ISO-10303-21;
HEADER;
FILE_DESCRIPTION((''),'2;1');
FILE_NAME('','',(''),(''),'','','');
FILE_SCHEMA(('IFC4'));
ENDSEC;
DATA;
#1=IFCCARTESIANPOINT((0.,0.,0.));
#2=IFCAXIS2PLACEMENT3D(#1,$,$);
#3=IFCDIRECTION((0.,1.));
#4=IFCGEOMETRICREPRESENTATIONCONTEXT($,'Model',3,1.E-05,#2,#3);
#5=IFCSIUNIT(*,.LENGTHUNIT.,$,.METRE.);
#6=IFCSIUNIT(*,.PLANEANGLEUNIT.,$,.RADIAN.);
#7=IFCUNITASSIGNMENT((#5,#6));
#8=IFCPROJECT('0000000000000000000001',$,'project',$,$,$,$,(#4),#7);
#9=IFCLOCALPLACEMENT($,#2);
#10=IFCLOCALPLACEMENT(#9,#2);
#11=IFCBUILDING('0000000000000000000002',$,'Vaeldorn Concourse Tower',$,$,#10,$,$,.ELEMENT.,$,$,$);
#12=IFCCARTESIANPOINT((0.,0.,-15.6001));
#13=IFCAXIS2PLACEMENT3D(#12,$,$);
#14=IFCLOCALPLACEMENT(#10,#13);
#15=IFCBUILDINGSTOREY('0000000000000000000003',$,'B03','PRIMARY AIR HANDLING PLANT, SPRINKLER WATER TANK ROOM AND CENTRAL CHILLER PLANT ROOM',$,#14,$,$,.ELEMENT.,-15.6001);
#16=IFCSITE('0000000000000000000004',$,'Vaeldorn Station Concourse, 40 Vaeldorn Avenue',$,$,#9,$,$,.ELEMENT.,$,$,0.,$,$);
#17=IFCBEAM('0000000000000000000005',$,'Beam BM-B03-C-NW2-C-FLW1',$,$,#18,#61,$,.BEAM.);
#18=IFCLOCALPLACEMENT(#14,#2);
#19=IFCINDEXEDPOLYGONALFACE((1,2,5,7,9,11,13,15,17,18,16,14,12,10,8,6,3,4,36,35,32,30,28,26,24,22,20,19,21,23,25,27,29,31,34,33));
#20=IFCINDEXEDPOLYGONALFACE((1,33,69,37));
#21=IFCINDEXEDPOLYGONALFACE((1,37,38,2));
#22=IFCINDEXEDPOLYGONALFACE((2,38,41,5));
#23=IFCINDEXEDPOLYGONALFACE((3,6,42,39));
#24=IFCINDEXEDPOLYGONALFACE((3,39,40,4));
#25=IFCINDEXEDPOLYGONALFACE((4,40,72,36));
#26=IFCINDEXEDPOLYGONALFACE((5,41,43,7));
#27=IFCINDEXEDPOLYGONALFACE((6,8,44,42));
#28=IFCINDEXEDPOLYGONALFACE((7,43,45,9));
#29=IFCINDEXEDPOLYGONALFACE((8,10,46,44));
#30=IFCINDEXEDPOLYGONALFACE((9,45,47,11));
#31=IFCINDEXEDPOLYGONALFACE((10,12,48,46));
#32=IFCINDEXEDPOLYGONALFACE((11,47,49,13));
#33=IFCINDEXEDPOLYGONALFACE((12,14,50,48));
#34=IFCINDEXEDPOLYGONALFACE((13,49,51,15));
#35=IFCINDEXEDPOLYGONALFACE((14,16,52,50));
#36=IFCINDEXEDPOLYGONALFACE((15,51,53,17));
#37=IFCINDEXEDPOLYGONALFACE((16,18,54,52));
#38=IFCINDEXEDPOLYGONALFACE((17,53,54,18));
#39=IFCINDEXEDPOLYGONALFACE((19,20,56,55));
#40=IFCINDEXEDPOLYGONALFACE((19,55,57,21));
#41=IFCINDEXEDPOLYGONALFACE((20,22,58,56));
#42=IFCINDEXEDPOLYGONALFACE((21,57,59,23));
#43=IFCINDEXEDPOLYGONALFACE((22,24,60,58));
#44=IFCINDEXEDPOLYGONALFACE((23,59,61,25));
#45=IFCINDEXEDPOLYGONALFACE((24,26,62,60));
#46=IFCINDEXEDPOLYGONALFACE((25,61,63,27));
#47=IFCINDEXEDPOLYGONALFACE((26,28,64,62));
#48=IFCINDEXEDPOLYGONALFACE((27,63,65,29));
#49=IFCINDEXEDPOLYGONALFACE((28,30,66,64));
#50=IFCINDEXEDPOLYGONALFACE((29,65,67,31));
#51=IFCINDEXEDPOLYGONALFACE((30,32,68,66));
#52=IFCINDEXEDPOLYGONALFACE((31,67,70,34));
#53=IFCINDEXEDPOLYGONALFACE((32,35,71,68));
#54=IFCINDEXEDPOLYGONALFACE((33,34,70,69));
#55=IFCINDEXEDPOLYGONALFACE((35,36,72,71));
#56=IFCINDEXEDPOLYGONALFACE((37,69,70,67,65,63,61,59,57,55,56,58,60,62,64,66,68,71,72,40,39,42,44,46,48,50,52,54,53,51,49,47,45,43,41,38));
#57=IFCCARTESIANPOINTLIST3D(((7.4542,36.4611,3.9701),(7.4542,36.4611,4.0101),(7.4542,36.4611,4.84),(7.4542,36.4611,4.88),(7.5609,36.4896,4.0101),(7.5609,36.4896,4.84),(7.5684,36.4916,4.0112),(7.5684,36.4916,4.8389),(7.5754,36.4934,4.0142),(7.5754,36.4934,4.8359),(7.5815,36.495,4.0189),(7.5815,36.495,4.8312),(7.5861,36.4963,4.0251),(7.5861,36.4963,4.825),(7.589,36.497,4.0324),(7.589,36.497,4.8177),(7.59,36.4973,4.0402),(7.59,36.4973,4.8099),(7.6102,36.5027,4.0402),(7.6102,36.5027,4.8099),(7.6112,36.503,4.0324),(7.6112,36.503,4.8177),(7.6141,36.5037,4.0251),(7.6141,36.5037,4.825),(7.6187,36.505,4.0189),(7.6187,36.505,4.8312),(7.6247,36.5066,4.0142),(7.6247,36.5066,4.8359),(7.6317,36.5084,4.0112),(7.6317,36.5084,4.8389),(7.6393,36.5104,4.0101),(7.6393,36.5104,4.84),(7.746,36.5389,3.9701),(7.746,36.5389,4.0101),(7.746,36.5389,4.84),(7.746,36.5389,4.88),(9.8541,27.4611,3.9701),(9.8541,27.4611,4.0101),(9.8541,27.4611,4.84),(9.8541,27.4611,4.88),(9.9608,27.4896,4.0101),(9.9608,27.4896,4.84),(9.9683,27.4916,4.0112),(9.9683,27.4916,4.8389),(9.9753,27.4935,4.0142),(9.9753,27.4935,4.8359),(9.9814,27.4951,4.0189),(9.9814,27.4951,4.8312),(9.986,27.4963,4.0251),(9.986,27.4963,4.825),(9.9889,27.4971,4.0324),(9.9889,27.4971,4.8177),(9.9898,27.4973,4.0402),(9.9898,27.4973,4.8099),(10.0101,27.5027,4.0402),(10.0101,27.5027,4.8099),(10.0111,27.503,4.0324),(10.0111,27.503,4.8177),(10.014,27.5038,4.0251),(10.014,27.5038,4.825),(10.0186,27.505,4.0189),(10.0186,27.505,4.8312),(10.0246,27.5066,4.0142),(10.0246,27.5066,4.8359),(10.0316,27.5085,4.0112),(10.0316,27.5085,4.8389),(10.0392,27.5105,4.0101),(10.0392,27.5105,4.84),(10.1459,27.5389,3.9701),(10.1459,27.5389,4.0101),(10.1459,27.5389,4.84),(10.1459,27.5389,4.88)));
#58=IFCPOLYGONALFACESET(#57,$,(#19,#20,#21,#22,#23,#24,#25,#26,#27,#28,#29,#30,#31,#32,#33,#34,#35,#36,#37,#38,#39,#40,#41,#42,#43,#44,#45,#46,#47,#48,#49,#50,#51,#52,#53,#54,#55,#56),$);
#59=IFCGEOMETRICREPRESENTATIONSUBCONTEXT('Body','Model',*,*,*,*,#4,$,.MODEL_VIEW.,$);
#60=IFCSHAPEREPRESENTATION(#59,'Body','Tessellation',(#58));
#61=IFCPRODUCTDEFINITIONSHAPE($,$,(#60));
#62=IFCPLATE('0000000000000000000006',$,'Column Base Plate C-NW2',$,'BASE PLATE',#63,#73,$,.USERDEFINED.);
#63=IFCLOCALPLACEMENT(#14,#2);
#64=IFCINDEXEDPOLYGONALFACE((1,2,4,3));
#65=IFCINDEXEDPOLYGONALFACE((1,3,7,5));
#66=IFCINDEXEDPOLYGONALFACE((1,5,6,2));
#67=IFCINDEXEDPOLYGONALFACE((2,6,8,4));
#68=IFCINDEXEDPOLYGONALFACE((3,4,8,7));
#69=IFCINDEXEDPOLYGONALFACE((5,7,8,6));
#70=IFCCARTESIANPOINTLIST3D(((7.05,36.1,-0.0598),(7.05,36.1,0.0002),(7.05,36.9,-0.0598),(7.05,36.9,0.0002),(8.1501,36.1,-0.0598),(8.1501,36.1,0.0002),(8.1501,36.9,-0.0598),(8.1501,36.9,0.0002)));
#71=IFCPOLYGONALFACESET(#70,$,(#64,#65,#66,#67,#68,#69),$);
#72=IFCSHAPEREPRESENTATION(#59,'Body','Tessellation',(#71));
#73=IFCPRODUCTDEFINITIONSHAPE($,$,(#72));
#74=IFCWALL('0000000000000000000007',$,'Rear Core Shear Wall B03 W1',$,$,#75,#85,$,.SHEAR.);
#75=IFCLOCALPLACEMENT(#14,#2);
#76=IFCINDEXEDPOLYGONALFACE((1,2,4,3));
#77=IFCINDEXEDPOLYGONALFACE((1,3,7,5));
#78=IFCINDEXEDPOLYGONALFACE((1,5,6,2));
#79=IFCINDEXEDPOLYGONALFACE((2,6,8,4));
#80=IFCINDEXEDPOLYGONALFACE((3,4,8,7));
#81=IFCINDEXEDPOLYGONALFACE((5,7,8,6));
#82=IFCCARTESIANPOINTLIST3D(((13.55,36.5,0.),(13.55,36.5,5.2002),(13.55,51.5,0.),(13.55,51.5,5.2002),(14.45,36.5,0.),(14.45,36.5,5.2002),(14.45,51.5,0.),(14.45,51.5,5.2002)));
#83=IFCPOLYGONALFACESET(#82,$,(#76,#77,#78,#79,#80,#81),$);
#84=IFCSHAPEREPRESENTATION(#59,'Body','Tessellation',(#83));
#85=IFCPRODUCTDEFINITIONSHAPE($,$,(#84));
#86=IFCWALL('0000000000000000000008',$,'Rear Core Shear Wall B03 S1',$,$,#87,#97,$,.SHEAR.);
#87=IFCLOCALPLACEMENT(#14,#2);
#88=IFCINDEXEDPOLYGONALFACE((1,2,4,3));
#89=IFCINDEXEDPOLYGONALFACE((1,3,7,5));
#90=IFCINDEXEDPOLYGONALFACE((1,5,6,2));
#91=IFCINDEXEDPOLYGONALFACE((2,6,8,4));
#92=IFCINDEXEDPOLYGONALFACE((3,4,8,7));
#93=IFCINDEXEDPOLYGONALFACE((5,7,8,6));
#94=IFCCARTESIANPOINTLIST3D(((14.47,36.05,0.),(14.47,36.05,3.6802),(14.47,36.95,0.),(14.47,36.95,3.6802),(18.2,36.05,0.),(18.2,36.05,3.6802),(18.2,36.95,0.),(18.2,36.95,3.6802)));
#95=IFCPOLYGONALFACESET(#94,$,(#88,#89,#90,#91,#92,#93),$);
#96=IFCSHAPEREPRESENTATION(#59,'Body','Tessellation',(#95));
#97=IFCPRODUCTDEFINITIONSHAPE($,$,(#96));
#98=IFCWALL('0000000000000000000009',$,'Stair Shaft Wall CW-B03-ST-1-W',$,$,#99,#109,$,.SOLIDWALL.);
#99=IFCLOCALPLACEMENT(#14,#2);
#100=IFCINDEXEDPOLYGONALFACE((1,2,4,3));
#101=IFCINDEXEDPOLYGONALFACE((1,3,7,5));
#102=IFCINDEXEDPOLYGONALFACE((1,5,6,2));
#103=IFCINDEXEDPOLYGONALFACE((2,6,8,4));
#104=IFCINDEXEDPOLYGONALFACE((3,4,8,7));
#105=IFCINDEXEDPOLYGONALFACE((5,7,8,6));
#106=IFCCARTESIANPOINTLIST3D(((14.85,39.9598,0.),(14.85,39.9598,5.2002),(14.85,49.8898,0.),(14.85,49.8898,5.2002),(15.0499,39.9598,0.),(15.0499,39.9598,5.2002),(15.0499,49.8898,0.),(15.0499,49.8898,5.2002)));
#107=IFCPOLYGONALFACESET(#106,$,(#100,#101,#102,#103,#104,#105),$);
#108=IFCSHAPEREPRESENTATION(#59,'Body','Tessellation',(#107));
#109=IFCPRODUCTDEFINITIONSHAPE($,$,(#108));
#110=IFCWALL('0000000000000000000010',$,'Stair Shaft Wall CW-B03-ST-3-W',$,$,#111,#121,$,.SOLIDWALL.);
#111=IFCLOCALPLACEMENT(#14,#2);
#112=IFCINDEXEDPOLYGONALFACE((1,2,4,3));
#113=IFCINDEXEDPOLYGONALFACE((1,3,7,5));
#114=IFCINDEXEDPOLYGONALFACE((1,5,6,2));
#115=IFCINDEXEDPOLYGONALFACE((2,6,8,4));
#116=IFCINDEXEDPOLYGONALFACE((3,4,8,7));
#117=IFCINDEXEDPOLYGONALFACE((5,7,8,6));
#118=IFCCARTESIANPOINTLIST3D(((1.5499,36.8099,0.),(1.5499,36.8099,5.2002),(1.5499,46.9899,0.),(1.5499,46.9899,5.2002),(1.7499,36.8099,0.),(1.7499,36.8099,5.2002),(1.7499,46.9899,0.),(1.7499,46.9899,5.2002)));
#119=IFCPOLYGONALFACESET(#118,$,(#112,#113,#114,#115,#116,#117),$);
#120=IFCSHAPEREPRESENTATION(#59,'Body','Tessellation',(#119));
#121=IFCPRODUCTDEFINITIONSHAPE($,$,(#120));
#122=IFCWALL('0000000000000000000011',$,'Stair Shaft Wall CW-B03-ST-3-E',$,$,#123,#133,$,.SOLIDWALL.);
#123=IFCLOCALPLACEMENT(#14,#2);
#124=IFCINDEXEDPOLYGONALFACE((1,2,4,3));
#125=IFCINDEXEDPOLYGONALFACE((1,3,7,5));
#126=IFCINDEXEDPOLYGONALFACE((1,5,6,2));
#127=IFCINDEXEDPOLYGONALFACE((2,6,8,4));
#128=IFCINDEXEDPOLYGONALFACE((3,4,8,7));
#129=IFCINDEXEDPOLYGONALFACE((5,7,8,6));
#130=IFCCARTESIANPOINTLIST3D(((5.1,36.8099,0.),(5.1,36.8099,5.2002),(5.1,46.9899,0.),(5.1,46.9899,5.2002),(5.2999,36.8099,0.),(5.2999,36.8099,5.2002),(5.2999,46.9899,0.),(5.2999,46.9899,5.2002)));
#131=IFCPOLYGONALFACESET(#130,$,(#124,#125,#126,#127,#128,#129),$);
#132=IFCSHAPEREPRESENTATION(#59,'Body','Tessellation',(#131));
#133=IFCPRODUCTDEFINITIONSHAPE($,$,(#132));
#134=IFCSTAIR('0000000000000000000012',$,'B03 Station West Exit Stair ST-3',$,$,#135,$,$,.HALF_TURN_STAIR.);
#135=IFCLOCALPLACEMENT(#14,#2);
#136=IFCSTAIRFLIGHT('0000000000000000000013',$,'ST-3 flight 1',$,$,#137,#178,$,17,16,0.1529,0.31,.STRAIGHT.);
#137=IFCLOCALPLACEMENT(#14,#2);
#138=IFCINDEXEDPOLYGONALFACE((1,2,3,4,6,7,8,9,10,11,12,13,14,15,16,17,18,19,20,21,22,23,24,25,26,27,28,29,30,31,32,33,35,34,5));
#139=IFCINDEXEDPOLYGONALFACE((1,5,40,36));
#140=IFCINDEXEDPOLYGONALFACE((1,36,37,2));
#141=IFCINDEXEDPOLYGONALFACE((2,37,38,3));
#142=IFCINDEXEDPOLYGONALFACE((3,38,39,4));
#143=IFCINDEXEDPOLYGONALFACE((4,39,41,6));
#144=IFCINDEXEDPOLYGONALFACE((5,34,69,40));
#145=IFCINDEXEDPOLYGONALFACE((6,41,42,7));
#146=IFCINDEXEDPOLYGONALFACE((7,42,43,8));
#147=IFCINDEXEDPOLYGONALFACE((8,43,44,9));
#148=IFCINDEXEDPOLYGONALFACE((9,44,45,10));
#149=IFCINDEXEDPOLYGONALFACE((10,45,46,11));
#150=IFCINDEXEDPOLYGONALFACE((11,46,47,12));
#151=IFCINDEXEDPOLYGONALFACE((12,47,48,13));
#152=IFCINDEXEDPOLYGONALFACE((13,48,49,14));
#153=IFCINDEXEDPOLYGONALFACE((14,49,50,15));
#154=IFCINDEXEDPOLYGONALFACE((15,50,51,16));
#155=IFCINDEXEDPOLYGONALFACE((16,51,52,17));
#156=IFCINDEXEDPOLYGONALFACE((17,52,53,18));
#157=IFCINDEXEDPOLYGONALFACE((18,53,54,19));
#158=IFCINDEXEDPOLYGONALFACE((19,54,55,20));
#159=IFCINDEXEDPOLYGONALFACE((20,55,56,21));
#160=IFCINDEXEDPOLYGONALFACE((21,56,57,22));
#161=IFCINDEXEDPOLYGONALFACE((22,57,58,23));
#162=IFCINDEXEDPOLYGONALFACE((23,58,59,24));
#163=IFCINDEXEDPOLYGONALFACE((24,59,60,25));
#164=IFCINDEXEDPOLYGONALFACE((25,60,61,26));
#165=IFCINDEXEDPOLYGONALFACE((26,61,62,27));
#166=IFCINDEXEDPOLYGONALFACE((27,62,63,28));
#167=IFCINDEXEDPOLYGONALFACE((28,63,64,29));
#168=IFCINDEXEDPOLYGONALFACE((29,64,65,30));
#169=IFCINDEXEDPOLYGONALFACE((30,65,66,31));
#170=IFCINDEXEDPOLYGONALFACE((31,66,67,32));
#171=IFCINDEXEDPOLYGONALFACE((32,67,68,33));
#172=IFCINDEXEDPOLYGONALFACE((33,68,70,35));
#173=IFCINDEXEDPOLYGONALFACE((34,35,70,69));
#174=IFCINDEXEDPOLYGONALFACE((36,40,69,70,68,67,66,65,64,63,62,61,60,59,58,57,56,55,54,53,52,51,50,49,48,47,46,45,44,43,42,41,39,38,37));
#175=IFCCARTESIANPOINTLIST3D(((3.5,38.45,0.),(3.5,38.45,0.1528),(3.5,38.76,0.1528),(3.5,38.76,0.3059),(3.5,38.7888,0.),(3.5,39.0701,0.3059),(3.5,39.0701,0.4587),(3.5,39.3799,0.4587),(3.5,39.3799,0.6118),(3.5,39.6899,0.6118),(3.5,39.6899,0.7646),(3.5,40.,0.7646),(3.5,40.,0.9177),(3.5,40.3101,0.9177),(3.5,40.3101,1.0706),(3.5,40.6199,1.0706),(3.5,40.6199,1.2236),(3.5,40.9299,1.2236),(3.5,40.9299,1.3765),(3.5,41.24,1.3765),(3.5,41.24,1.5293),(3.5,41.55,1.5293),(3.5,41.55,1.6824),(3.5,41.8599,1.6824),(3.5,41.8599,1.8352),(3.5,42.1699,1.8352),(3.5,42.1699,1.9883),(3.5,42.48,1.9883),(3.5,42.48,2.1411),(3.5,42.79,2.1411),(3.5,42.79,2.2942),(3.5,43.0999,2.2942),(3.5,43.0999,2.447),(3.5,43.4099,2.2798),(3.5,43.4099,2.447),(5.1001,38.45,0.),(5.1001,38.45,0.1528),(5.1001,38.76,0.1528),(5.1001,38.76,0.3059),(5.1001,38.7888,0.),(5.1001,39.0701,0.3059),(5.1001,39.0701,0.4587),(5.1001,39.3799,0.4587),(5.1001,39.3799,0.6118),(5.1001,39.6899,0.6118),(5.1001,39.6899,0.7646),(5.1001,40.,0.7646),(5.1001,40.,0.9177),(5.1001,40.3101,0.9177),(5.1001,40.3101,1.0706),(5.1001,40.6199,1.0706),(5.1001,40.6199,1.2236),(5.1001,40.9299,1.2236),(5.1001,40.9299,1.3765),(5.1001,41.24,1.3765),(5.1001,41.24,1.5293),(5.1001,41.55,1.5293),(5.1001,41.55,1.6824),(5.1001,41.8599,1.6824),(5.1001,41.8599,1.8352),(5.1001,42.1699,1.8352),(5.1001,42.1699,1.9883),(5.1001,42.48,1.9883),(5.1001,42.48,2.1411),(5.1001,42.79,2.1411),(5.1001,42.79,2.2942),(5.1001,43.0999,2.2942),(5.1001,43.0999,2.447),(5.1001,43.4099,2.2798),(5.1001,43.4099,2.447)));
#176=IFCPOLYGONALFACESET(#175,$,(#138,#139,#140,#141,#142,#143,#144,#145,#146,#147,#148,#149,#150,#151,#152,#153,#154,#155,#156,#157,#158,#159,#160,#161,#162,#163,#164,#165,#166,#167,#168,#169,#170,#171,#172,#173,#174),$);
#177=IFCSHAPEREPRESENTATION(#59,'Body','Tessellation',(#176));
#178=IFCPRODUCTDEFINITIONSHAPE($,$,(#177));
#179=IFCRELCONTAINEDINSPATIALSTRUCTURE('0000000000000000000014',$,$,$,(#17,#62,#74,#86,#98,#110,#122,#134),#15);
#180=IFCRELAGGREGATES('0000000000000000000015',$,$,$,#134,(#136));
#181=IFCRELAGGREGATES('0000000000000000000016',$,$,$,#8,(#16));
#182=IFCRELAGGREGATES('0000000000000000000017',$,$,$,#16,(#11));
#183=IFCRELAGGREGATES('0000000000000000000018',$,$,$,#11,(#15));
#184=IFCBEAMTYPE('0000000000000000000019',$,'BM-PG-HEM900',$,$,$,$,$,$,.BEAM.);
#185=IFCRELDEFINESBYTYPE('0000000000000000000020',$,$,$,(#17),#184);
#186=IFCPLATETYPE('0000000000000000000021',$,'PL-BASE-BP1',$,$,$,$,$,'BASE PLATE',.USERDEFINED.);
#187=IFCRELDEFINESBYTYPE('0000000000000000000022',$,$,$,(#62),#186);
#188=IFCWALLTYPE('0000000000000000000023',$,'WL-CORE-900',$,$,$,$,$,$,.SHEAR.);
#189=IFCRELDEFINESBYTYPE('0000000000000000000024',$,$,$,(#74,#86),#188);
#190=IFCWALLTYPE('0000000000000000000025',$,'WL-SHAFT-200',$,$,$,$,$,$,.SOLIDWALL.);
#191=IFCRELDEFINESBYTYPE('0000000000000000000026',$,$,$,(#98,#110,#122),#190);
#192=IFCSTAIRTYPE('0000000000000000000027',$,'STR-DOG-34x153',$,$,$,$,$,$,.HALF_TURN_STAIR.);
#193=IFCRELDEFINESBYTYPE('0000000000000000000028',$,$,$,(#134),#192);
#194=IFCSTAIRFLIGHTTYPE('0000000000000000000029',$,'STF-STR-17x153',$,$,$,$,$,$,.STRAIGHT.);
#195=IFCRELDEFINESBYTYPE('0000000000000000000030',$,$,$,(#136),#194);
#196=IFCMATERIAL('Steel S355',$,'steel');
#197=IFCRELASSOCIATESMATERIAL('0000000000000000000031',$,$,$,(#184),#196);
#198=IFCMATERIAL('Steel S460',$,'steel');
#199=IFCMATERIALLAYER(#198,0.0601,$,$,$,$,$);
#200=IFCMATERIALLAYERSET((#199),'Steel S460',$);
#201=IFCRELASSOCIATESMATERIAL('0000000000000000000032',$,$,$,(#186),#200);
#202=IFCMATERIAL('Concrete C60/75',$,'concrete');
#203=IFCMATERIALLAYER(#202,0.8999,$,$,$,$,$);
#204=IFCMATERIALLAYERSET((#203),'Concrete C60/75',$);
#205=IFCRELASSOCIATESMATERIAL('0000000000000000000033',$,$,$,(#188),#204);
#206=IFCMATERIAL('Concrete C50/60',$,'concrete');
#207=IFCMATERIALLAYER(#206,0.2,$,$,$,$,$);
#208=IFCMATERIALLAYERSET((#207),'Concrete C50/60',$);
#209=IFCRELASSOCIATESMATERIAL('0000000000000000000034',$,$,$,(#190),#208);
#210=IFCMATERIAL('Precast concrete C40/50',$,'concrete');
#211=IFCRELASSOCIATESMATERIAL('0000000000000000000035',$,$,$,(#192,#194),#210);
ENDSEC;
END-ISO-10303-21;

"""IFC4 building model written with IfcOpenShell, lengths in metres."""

from ifc_helpers import new_model, si_unit, direction, frame, frame_2d, origin, origin_2d, place, context, subcontext, project, spatial, polyline, rectangle, i_section, outline, extrude, source, transform, mapped, material, layer, layer_set, material_profile, profile_set, type_object, element, aggregate, save


model = new_model("IFC4")

# Units and contexts
model_context = context("Model", 3, precision=1e-05, world=origin(), true_north=direction((0.0, 1.0)))
body_context = subcontext(model_context, "Body", "Model", "MODEL_VIEW")
ifc_project = project(units=[si_unit("LENGTHUNIT", "METRE"), si_unit("PLANEANGLEUNIT", "RADIAN")], contexts=[model_context])

# Site, building, storey
site_placement = place(None, origin())
site = spatial("IfcSite", under=ifc_project, at=site_placement, Name="Vaeldorn Station Concourse, 40 Vaeldorn Avenue", CompositionType="ELEMENT", RefElevation=0.0)
building_placement = place(site_placement, origin())
building = spatial("IfcBuilding", under=site, at=building_placement, Name="Vaeldorn Concourse Tower", CompositionType="ELEMENT")
storey_placement = place(building_placement, frame((0.0, 0.0, -15.6001)))
storey = spatial("IfcBuildingStorey", under=building, at=storey_placement, Name="B03", Description="PRIMARY AIR HANDLING PLANT, SPRINKLER WATER TANK ROOM AND CENTRAL CHILLER PLANT ROOM", CompositionType="ELEMENT", Elevation=-15.6001)

# Shared definitions
ifc_material_1 = material(Name="Concrete C50/60", Category="concrete")

# Shared definitions
ifc_material_2 = material(Name="Concrete C60/75", Category="concrete")
ifc_material_3 = material(Name="Steel S460", Category="steel")

# Beam
ifc_material_4 = material(Name="Steel S355", Category="steel")
ifc_material_profile_1 = material_profile(ifc_material_4, i_section(OverallWidth=0.302, OverallDepth=0.9099, WebThickness=0.021, FlangeThickness=0.04, FilletRadius=0.03, at=origin_2d()), Name="HEM 900")
ifc_profile_set_1 = profile_set([ifc_material_profile_1], Name="Steel S355")
beam_type_1 = type_object("IfcBeamType", Name="BM-PG-HEM900", PredefinedType="BEAM", material=ifc_profile_set_1)
shared_shape_1 = source(origin(), body_context, "Body", "SweptSolid", [
    extrude(i_section(OverallWidth=0.302, OverallDepth=0.9099, WebThickness=0.021, FlangeThickness=0.04, FilletRadius=0.03, at=origin_2d()), origin(), (0.0, 0.0, 1.0), 9.3145),
])
beam_1_placement = place(storey_placement, frame((7.6001, 36.5, 4.425), z_axis=(0.257653, -0.966238, 0.0), x_axis=(0.966238, 0.257653, 0.0)))
element("IfcBeam", 1, at=beam_1_placement, inside=storey, type_object=beam_type_1, Name="Beam BM-B03-C-NW2-C-FLW1", PredefinedType="BEAM", context=body_context, shape_type="MappedRepresentation", body=[
    mapped(shared_shape_1, transform((0.0, 0.0, 0.0), scale=1.0)),
])

# Plate
ifc_layer_1 = layer(ifc_material_3, 0.0601)
ifc_layer_set_1 = layer_set([ifc_layer_1], Name="Steel S460")
plate_type = type_object("IfcPlateType", Name="PL-BASE-BP1", ElementType="BASE PLATE", PredefinedType="USERDEFINED", material=ifc_layer_set_1)
shared_shape_2 = source(origin(), body_context, "Body", "SweptSolid", [
    extrude(rectangle(XDim=1.1001, YDim=0.8, at=origin_2d()), origin(), (0.0, 0.0, 1.0), 0.0601),
])
plate_placement = place(storey_placement, frame((7.6001, 36.5, -0.0598), z_axis=(0.0, 0.0, 1.0), x_axis=(1.0, 0.0, 0.0)))
element("IfcPlate", 2, at=plate_placement, inside=storey, type_object=plate_type, Name="Column Base Plate C-NW2", ObjectType="BASE PLATE", PredefinedType="USERDEFINED", context=body_context, shape_type="MappedRepresentation", body=[
    mapped(shared_shape_2, transform((0.0, 0.0, 0.0), scale=1.0)),
])

# Walls
ifc_layer_2 = layer(ifc_material_2, 0.8999)
ifc_layer_set_2 = layer_set([ifc_layer_2], Name="Concrete C60/75")
wall_type_1 = type_object("IfcWallType", Name="WL-CORE-900", PredefinedType="SHEAR", material=ifc_layer_set_2)
wall_1_placement = place(storey_placement, frame((14.0, 36.5, 0.0), z_axis=(0.0, 0.0, 1.0), x_axis=(0.0, 1.0, 0.0)))
element("IfcWall", 3, at=wall_1_placement, inside=storey, type_object=wall_type_1, Name="Rear Core Shear Wall B03 W1", PredefinedType="SHEAR", context=body_context, shape_type="SweptSolid", body=[
    extrude(rectangle(XDim=15.0, YDim=0.8999, at=frame_2d((7.5, 0.0))), origin(), (0.0, 0.0, 1.0), 5.2002),
])
wall_2_placement = place(storey_placement, frame((14.47, 36.5, 0.0), z_axis=(0.0, 0.0, 1.0), x_axis=(1.0, 0.0, 0.0)))
element("IfcWall", 4, at=wall_2_placement, inside=storey, type_object=wall_type_1, Name="Rear Core Shear Wall B03 S1", PredefinedType="SHEAR", context=body_context, shape_type="SweptSolid", body=[
    extrude(rectangle(XDim=3.73, YDim=0.8999, at=frame_2d((1.865, 0.0))), origin(), (0.0, 0.0, 1.0), 3.6802),
])

# Shared definitions
ifc_layer_3 = layer(ifc_material_1, 0.2)
ifc_layer_set_3 = layer_set([ifc_layer_3], Name="Concrete C50/60")
wall_type_2 = type_object("IfcWallType", Name="WL-SHAFT-200", PredefinedType="SOLIDWALL", material=ifc_layer_set_3)

# Wall
wall_3_placement = place(storey_placement, frame((14.95, 39.96, 0.0), z_axis=(0.0, 0.0, 1.0), x_axis=(0.0, 1.0, 0.0)))
element("IfcWall", 5, at=wall_3_placement, inside=storey, type_object=wall_type_2, Name="Stair Shaft Wall CW-B03-ST-1-W", PredefinedType="SOLIDWALL", context=body_context, shape_type="SweptSolid", body=[
    extrude(rectangle(XDim=9.9299, YDim=0.2, at=frame_2d((4.9648, 0.0))), origin(), (0.0, 0.0, 1.0), 5.2002),
])

# Walls
for number, where, z_axis, x_axis, name in (
    (6, (1.6499, 36.8101, 0.0), (0.0, 0.0, 1.0), (0.0, 1.0, 0.0), "Stair Shaft Wall CW-B03-ST-3-W"),
    (7, (5.2, 36.8101, 0.0), (0.0, 0.0, 1.0), (0.0, 1.0, 0.0), "Stair Shaft Wall CW-B03-ST-3-E"),
):
    element("IfcWall", number, at=place(storey_placement, frame(where, z_axis=z_axis, x_axis=x_axis)), inside=storey, type_object=wall_type_2, Name=name, PredefinedType="SOLIDWALL", context=body_context, shape_type="SweptSolid", body=[
        extrude(rectangle(XDim=10.1799, YDim=0.2, at=frame_2d((5.0898, 0.0))), origin(), (0.0, 0.0, 1.0), 5.2002),
    ])

# Stair, stair flight
ifc_material_5 = material(Name="Precast concrete C40/50", Category="concrete")
stair_type = type_object("IfcStairType", Name="STR-DOG-34x153", PredefinedType="HALF_TURN_STAIR", material=ifc_material_5)
stair_placement = place(storey_placement, origin())
stair = element("IfcStair", 8, at=stair_placement, inside=storey, type_object=stair_type, Name="B03 Station West Exit Stair ST-3", PredefinedType="HALF_TURN_STAIR")
stair_flight_type = type_object("IfcStairFlightType", Name="STF-STR-17x153", PredefinedType="STRAIGHT", material=ifc_material_5)
stair_flight_placement = place(storey_placement, frame((4.3, 38.45, 0.0), z_axis=(0.0, 0.0, 1.0), x_axis=(0.0, 1.0, 0.0)))
stair_flight = element("IfcStairFlight", 9, at=stair_flight_placement, type_object=stair_flight_type, Name="ST-3 flight 1", NumberOfRisers=17, NumberOfTreads=16, PredefinedType="STRAIGHT", RiserHeight=0.1529, TreadLength=0.31, context=body_context, shape_type="SweptSolid", body=[
    extrude(outline(polyline([(0.0, 0.0), (0.0, 0.1528), (0.3101, 0.1528), (0.3101, 0.3059), (0.6201, 0.3059), (0.6201, 0.4587), (0.9299, 0.4587), (0.9299, 0.6118), (1.24, 0.6118), (1.24, 0.7646), (1.55, 0.7646), (1.55, 0.9177), (1.8601, 0.9177), (1.8601, 1.0706), (2.1699, 1.0706), (2.1699, 1.2236), (2.48, 1.2236), (2.48, 1.3765), (2.79, 1.3765), (2.79, 1.5293), (3.1001, 1.5293), (3.1001, 1.6824), (3.4099, 1.6824), (3.4099, 1.8352), (3.72, 1.8352), (3.72, 1.9883), (4.03, 1.9883), (4.03, 2.1411), (4.3401, 2.1411), (4.3401, 2.2942), (4.6499, 2.2942), (4.6499, 2.447), (4.96, 2.447), (4.96, 2.6001), (4.96, 2.2798), (0.3389, 0.0), (0.0, 0.0)])), frame((0.0, 0.8, 0.0), z_axis=(0.0, -1.0, 0.0), x_axis=(1.0, 0.0, 0.0)), (0.0, 0.0, 1.0), 1.6001),
])
aggregate(stair, [stair_flight])

save(model, "model.ifc")
